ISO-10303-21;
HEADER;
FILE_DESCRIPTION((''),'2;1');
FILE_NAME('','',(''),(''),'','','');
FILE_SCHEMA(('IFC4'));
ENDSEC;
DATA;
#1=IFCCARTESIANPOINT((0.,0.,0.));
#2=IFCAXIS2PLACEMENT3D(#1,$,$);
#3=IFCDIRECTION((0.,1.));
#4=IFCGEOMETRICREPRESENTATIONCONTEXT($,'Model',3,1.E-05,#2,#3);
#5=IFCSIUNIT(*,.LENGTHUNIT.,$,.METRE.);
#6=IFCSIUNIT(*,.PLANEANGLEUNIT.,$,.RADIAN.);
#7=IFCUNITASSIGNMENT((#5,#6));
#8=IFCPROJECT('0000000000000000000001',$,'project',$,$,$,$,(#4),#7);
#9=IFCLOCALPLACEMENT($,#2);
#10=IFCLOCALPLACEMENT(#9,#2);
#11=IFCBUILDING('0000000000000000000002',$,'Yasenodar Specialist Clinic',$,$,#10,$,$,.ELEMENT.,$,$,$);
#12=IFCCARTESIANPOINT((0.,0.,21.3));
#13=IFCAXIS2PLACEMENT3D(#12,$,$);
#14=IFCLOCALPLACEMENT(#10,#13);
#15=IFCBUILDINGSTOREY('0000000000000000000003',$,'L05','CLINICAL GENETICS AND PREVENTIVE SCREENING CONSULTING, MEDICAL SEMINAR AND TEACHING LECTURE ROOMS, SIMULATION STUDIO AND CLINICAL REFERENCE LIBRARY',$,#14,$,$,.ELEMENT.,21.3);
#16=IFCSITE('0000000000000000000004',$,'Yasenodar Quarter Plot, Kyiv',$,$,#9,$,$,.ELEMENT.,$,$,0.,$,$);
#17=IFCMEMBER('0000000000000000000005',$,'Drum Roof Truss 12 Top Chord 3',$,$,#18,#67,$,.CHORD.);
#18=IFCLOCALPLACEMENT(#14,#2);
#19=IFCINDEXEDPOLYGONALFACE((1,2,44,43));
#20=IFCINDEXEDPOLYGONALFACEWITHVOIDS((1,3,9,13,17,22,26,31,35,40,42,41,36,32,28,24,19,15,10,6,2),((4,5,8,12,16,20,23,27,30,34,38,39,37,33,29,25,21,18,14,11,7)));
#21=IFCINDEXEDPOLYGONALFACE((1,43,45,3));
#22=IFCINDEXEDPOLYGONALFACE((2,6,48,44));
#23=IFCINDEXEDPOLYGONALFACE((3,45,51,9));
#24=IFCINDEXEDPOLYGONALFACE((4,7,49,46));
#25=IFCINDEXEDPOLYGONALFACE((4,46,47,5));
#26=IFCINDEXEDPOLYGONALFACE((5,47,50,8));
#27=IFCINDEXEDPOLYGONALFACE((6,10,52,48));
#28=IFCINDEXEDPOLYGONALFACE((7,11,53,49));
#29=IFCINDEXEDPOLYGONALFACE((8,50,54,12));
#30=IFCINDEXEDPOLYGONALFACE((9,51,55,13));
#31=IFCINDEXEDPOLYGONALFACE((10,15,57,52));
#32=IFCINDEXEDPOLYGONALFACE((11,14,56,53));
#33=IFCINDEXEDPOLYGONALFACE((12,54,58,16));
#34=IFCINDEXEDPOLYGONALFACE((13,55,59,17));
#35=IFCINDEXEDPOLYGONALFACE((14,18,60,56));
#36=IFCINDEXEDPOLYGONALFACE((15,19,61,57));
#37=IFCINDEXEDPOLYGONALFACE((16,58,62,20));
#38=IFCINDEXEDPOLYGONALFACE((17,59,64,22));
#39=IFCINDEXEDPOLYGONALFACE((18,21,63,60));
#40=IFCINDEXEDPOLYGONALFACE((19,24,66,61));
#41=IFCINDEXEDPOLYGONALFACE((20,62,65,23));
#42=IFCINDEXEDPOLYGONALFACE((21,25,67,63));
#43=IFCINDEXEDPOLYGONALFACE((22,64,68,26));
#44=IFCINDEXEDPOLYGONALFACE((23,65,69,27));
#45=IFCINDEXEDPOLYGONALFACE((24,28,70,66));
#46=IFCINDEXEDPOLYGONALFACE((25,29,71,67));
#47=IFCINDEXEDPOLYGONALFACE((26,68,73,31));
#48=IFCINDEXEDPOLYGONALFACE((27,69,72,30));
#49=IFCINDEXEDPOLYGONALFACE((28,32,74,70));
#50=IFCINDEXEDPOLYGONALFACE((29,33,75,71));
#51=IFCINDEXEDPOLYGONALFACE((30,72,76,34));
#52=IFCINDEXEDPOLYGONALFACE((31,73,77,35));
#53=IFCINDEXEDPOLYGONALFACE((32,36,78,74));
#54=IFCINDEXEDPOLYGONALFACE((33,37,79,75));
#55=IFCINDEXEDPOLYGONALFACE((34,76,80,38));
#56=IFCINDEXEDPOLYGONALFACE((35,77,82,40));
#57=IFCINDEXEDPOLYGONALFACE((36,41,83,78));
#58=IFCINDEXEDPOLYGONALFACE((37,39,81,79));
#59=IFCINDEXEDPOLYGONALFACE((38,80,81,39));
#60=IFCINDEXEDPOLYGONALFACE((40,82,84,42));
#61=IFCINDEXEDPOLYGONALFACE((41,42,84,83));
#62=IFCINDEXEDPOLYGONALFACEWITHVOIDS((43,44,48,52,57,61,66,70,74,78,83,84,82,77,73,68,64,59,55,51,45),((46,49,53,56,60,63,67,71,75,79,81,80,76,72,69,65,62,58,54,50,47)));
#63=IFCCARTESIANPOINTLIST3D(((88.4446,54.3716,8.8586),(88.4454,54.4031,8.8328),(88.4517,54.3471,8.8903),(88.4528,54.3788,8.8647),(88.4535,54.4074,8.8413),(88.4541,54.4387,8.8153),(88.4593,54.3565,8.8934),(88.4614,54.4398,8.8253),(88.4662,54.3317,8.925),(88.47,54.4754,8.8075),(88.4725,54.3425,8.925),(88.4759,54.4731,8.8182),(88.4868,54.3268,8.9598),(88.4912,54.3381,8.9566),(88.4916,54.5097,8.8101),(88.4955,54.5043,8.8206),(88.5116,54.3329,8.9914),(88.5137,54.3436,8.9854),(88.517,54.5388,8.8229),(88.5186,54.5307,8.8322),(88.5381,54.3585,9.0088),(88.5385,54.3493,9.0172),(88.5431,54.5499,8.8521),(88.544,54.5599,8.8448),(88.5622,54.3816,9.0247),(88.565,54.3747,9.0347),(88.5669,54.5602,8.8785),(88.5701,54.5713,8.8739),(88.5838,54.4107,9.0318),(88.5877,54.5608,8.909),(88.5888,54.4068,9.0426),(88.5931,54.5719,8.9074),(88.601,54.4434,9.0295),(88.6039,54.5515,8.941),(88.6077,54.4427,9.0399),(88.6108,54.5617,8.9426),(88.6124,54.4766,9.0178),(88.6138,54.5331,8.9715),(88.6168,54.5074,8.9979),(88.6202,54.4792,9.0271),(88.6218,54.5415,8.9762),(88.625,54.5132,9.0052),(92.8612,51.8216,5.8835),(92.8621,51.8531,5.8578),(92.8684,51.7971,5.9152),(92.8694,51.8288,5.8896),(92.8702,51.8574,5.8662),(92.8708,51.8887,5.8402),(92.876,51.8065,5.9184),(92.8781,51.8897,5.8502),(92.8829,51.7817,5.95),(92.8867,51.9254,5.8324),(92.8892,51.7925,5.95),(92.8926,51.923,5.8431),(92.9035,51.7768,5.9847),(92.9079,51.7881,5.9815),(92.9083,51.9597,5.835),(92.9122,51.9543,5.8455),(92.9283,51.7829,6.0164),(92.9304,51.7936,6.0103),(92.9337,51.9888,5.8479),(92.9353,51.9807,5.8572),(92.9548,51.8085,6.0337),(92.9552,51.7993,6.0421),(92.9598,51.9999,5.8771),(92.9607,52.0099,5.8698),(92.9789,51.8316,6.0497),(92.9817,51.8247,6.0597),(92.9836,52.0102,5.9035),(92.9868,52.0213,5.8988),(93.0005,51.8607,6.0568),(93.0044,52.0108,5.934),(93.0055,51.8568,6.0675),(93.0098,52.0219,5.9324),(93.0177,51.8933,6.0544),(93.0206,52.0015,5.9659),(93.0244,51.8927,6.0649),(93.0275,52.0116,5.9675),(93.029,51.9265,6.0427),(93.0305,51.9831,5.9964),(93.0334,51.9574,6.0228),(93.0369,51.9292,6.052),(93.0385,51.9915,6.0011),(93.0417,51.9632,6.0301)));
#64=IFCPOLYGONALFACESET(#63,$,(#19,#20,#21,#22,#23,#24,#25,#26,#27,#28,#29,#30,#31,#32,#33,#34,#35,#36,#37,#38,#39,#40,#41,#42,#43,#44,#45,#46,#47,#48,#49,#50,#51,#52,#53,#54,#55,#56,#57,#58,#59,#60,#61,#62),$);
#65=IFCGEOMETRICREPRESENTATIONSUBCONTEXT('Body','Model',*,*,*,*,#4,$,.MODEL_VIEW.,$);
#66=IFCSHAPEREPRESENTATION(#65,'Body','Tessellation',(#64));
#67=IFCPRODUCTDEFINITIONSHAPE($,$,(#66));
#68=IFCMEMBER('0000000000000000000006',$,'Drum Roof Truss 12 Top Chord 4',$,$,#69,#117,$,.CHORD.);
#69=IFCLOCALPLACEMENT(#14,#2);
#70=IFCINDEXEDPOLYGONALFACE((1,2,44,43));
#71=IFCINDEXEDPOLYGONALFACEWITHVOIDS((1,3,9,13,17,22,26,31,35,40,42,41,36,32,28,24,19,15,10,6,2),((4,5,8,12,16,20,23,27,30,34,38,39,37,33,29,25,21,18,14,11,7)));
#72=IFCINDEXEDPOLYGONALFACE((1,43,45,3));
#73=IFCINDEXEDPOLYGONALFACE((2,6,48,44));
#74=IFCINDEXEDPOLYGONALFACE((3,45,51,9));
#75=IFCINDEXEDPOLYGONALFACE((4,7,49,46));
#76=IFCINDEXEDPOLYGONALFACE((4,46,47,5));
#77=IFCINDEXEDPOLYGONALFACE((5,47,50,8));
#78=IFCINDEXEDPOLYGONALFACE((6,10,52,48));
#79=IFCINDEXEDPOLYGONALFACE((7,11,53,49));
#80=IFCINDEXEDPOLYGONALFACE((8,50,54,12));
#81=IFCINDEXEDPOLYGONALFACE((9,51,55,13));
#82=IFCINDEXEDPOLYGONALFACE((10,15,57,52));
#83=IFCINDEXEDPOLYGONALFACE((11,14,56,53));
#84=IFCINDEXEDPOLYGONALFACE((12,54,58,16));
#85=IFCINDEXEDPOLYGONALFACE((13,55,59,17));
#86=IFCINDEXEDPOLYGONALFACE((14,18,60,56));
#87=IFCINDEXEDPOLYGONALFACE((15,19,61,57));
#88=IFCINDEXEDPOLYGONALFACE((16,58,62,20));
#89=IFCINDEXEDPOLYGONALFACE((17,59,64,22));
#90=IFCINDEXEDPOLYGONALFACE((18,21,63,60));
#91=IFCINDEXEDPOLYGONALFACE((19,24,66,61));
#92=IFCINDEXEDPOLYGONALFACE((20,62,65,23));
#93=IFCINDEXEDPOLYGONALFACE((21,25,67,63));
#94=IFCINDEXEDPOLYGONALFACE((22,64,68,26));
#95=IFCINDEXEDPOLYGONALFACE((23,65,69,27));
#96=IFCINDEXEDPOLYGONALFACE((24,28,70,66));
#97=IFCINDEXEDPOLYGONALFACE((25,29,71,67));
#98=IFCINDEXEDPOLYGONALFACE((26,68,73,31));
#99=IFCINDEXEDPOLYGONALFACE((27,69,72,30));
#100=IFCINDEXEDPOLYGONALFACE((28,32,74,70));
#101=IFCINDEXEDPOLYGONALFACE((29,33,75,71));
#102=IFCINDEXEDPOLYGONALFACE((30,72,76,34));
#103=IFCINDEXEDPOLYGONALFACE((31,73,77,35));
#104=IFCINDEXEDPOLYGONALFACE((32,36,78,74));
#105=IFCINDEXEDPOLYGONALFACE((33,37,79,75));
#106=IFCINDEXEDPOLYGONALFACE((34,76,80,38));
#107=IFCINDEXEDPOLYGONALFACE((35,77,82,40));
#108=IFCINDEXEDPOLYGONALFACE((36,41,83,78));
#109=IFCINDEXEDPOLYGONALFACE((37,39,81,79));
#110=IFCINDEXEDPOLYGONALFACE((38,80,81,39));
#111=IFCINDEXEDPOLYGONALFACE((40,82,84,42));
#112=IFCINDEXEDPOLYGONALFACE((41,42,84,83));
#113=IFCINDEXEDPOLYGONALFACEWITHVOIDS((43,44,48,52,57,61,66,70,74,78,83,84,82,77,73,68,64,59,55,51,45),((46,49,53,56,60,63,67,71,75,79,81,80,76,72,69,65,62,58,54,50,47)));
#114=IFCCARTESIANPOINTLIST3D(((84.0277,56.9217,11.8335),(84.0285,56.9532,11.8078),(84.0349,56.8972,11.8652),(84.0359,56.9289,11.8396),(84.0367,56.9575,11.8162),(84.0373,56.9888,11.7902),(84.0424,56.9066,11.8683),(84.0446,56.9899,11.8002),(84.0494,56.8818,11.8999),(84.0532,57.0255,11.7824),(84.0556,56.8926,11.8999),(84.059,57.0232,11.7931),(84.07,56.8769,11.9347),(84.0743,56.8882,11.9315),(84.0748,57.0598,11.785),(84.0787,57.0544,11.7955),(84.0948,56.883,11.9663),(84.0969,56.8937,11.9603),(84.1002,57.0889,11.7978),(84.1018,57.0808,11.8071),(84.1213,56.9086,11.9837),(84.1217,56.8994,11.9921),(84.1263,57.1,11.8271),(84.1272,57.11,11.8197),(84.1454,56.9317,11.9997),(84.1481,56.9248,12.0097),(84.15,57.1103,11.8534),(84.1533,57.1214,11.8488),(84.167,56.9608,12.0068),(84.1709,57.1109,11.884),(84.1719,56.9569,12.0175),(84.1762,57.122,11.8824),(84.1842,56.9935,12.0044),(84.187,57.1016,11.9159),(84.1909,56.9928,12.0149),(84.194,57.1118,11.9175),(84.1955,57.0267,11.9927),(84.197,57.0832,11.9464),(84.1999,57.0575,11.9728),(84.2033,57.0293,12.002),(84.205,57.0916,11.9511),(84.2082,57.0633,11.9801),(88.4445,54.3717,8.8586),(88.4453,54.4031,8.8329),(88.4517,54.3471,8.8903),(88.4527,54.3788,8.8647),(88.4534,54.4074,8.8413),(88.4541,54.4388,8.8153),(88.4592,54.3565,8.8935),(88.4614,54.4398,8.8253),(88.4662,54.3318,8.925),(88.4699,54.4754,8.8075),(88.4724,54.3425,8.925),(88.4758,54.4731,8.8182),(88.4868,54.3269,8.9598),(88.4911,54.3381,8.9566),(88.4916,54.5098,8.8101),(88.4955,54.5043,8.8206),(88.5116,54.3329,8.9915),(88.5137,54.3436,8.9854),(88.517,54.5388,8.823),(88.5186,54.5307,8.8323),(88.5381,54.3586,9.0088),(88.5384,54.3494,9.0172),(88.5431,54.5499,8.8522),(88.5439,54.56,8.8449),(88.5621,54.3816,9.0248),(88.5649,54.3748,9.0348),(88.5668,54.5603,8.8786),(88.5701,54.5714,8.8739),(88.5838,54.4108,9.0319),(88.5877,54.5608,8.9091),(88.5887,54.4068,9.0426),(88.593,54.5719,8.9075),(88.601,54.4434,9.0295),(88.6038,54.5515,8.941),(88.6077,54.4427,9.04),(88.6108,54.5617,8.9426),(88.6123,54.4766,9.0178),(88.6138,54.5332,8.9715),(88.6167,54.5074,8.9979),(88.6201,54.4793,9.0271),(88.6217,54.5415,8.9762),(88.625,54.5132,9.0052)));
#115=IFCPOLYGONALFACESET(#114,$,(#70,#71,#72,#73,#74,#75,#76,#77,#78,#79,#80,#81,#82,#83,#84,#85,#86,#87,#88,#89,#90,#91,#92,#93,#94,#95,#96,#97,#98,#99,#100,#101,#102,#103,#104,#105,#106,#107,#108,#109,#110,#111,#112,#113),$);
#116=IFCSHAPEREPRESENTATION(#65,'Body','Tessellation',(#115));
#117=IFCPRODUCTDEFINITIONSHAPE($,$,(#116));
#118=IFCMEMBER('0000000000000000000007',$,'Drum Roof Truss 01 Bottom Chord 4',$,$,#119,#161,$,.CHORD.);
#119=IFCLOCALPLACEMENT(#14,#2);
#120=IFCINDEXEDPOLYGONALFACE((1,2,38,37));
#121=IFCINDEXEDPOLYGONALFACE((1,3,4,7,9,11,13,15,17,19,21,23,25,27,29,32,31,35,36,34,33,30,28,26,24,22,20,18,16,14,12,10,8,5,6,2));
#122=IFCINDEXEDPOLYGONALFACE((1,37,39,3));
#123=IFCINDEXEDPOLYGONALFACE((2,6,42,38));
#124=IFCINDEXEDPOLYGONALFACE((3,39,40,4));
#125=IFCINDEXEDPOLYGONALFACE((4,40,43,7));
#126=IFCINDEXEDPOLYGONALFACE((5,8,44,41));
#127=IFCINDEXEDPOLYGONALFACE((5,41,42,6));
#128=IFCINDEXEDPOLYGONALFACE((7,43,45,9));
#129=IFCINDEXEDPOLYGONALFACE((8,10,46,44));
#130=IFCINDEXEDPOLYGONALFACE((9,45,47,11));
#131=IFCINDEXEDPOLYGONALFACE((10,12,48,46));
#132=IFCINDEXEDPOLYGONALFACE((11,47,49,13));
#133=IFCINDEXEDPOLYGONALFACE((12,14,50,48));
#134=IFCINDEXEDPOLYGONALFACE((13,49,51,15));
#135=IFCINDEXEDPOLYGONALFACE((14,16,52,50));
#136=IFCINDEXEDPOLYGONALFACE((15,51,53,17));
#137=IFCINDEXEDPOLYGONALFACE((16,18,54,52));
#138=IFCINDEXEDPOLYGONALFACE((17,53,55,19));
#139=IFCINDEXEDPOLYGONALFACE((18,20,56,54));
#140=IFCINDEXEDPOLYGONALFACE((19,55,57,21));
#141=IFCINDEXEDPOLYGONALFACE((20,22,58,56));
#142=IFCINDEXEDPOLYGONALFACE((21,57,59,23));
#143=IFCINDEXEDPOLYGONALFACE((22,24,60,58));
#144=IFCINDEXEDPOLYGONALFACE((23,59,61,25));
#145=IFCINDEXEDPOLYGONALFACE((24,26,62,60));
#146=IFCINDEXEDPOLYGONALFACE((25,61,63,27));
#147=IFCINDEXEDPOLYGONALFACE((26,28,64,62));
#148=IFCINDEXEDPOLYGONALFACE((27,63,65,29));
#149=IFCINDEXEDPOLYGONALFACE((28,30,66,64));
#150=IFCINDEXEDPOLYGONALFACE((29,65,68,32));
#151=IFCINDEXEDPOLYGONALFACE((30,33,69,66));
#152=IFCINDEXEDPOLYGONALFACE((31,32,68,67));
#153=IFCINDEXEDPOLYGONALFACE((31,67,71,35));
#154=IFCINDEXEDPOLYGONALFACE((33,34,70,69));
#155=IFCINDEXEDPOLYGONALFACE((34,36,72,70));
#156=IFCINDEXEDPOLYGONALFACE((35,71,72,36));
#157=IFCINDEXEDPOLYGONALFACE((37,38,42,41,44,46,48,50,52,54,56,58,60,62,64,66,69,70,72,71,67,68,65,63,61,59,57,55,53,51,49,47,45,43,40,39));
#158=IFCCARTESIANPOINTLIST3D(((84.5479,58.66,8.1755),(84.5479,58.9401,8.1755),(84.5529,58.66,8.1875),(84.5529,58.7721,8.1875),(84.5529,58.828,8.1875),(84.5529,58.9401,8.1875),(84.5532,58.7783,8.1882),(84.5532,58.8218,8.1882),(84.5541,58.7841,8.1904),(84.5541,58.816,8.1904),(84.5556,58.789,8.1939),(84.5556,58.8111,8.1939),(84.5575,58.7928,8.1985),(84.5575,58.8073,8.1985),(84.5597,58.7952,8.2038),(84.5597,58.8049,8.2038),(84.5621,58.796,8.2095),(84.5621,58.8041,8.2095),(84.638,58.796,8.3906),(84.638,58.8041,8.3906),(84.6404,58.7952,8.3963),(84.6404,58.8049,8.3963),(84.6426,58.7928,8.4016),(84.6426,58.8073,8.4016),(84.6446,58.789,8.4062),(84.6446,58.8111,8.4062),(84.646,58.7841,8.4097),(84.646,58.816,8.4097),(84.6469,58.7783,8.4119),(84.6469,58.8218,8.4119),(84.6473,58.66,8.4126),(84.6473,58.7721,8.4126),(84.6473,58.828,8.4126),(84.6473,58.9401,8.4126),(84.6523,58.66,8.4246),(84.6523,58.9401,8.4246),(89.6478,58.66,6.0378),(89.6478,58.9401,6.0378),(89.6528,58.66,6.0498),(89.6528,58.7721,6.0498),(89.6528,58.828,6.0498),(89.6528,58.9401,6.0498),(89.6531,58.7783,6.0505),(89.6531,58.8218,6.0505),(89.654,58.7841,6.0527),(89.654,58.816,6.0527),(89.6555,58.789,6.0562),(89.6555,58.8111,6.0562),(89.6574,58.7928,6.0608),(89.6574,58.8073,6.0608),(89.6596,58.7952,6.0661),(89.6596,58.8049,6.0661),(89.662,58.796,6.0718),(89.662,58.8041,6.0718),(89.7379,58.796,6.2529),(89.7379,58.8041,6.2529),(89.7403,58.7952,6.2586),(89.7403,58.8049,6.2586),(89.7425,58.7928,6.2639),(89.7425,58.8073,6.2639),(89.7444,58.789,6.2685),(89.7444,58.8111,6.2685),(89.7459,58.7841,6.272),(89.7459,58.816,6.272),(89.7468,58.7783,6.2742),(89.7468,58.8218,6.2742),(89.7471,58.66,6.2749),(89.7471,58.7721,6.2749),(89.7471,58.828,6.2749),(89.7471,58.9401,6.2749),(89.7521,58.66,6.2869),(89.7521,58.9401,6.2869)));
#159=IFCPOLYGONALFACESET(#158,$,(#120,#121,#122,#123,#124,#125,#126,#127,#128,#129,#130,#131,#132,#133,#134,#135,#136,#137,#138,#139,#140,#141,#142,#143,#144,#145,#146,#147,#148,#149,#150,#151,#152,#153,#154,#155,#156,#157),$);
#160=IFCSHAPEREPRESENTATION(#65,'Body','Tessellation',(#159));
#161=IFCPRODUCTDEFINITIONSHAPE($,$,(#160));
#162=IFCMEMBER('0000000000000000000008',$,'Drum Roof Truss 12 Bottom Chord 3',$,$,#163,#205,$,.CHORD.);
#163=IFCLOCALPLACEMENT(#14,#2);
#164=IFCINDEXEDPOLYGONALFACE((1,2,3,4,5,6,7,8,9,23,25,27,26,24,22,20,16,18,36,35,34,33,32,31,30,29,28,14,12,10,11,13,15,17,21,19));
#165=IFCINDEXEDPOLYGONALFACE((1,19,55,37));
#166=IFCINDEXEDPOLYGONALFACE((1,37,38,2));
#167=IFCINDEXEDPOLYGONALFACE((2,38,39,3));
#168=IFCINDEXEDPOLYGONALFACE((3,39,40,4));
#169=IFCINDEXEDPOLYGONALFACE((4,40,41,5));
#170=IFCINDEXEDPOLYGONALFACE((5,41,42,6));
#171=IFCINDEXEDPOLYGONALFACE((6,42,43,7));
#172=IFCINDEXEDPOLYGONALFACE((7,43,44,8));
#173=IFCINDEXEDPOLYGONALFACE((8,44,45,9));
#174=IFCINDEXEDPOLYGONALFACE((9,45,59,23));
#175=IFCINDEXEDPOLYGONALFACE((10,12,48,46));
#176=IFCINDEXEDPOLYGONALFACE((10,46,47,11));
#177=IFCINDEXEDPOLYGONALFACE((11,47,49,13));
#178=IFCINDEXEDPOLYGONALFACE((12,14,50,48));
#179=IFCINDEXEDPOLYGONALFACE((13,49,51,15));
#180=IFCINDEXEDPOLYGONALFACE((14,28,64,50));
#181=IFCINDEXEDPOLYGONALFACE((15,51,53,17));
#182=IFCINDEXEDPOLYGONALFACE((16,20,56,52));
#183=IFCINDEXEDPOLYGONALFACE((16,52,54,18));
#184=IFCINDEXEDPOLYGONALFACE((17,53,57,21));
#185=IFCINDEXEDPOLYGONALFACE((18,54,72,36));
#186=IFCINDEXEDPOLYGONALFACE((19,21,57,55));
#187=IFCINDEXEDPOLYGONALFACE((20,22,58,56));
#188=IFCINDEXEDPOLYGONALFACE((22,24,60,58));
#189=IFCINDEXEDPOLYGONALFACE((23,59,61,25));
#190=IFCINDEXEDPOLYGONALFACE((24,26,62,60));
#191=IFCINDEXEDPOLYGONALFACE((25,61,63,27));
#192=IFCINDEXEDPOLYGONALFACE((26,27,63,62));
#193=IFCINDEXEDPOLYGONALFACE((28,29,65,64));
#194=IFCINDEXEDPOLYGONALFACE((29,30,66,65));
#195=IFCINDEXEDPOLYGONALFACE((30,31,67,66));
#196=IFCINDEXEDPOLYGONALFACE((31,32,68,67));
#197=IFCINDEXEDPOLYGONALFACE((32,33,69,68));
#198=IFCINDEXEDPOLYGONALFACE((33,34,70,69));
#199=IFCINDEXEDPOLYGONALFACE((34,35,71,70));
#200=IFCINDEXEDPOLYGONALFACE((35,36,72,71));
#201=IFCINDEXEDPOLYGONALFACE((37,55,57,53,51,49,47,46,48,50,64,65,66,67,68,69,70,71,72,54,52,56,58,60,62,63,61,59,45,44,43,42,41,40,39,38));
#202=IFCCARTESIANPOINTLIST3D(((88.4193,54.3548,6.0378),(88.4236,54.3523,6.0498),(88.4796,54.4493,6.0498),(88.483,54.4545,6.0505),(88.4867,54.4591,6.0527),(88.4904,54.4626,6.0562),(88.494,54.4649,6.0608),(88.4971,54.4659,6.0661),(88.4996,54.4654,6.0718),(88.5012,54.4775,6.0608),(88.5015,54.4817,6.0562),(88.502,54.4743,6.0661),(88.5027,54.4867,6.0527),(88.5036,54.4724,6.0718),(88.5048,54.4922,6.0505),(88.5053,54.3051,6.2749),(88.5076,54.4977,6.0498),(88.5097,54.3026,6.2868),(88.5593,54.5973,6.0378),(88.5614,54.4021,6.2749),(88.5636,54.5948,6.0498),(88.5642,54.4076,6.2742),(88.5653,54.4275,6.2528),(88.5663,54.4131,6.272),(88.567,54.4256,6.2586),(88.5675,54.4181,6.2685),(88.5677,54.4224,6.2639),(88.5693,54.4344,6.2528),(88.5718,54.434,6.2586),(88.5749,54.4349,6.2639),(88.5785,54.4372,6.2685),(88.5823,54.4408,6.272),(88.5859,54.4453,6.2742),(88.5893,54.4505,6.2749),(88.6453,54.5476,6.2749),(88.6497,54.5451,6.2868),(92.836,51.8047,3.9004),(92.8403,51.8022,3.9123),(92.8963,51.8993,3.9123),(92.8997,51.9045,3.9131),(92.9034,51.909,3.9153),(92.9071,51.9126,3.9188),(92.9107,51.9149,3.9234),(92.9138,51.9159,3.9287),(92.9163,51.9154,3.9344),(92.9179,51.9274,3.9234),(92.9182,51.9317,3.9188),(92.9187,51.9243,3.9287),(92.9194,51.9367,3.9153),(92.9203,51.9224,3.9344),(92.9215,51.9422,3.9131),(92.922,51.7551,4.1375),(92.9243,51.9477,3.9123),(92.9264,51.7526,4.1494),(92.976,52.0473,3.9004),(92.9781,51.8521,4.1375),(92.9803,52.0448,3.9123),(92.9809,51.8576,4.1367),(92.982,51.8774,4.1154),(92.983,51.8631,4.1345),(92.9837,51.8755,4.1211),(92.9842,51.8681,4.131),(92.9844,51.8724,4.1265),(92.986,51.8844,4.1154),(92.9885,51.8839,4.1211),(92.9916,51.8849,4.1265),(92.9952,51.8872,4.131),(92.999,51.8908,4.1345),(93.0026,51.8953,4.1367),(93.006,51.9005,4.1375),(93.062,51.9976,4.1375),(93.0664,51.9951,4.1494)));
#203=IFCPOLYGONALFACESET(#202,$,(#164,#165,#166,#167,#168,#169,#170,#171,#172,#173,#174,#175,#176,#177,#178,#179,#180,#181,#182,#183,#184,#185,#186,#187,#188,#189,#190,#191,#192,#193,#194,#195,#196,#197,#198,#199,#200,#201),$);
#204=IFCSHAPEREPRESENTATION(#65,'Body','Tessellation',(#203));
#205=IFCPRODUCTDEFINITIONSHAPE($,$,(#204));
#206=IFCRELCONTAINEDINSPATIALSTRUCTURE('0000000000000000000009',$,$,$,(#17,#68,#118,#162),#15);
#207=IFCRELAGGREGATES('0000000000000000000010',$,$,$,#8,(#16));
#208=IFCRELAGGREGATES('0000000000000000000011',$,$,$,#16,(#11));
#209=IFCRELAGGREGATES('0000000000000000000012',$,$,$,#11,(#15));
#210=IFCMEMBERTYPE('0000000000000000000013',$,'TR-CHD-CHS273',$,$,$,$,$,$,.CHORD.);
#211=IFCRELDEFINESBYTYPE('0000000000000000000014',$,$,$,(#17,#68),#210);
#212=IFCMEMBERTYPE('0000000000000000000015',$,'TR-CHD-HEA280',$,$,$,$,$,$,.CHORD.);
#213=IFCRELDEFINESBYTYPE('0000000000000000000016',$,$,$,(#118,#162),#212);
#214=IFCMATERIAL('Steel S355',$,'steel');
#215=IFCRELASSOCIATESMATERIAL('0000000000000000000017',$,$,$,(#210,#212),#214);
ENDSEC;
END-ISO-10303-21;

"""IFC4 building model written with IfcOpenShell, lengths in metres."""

from ifc_helpers import new_model, si_unit, direction, frame, origin, origin_2d, place, context, subcontext, project, spatial, hollow_circle, i_section, extrude, material, material_profile, profile_set, type_object, element, save


model = new_model("IFC4")

# Units and contexts
model_context = context("Model", 3, precision=1e-05, world=origin(), true_north=direction((0.0, 1.0)))
body_context = subcontext(model_context, "Body", "Model", "MODEL_VIEW")
ifc_project = project(units=[si_unit("LENGTHUNIT", "METRE"), si_unit("PLANEANGLEUNIT", "RADIAN")], contexts=[model_context])

# Site, building, storey
site_placement = place(None, origin())
site = spatial("IfcSite", under=ifc_project, at=site_placement, Name="Yasenodar Quarter Plot, Kyiv", CompositionType="ELEMENT", RefElevation=0.0)
building_placement = place(site_placement, origin())
building = spatial("IfcBuilding", under=site, at=building_placement, Name="Yasenodar Specialist Clinic", CompositionType="ELEMENT")
storey_placement = place(building_placement, frame((0.0, 0.0, 21.3)))
storey = spatial("IfcBuildingStorey", under=building, at=storey_placement, Name="L05", Description="CLINICAL GENETICS AND PREVENTIVE SCREENING CONSULTING, MEDICAL SEMINAR AND TEACHING LECTURE ROOMS, SIMULATION STUDIO AND CLINICAL REFERENCE LIBRARY", CompositionType="ELEMENT", Elevation=21.3)

# Shared definitions
ifc_material = material(Name="Steel S355", Category="steel")

# Members
ifc_material_profile_1 = material_profile(ifc_material, hollow_circle(Radius=0.1365, WallThickness=0.0125, at=origin_2d()), Name="CHS 273x12.5")
ifc_profile_set_1 = profile_set([ifc_material_profile_1], Name="Steel S355")
member_type_1 = type_object("IfcMemberType", Name="TR-CHD-CHS273", PredefinedType="CHORD", material=ifc_profile_set_1)
for number, where, z_axis, x_axis, name in (
    (1, (92.9512, 51.8999, 5.95), (-0.748047, 0.431892, 0.50388), (-0.500006, -0.866022, 0.0), "Drum Roof Truss 12 Top Chord 3"),
    (2, (88.5344, 54.45, 8.925), (-0.748063, 0.431901, 0.50385), (-0.500006, -0.866022, 0.0), "Drum Roof Truss 12 Top Chord 4"),
):
    element("IfcMember", number, at=place(storey_placement, frame(where, z_axis=z_axis, x_axis=x_axis)), inside=storey, type_object=member_type_1, Name=name, PredefinedType="CHORD", context=body_context, shape_type="SweptSolid", body=[
        extrude(hollow_circle(Radius=0.1365, WallThickness=0.0125, at=origin_2d()), origin(), (0.0, 0.0, 1.0), 5.9043),
    ])
ifc_material_profile_2 = material_profile(ifc_material, i_section(OverallWidth=0.28, OverallDepth=0.27, WebThickness=0.0081, FlangeThickness=0.0129, FilletRadius=0.0239, at=origin_2d()), Name="HEA 280")
ifc_profile_set_2 = profile_set([ifc_material_profile_2], Name="Steel S355")
member_type_2 = type_object("IfcMemberType", Name="TR-CHD-HEA280", PredefinedType="CHORD", material=ifc_profile_set_2)
for number, where, z_axis, x_axis, name in (
    (3, (89.7, 58.8, 6.1624), (-0.922256, 0.0, 0.38658), (0.0, -1.0, 0.0), "Drum Roof Truss 01 Bottom Chord 4"),
    (4, (92.9512, 51.8999, 4.0249), (-0.798712, 0.461143, 0.386531), (-0.500006, -0.866022, 0.0), "Drum Roof Truss 12 Bottom Chord 3"),
):
    element("IfcMember", number, at=place(storey_placement, frame(where, z_axis=z_axis, x_axis=x_axis)), inside=storey, type_object=member_type_2, Name=name, PredefinedType="CHORD", context=body_context, shape_type="SweptSolid", body=[
        extrude(i_section(OverallWidth=0.28, OverallDepth=0.27, WebThickness=0.0081, FlangeThickness=0.0129, FilletRadius=0.0239, at=origin_2d()), origin(), (0.0, 0.0, 1.0), 5.5298),
    ])

save(model, "model.ifc")
